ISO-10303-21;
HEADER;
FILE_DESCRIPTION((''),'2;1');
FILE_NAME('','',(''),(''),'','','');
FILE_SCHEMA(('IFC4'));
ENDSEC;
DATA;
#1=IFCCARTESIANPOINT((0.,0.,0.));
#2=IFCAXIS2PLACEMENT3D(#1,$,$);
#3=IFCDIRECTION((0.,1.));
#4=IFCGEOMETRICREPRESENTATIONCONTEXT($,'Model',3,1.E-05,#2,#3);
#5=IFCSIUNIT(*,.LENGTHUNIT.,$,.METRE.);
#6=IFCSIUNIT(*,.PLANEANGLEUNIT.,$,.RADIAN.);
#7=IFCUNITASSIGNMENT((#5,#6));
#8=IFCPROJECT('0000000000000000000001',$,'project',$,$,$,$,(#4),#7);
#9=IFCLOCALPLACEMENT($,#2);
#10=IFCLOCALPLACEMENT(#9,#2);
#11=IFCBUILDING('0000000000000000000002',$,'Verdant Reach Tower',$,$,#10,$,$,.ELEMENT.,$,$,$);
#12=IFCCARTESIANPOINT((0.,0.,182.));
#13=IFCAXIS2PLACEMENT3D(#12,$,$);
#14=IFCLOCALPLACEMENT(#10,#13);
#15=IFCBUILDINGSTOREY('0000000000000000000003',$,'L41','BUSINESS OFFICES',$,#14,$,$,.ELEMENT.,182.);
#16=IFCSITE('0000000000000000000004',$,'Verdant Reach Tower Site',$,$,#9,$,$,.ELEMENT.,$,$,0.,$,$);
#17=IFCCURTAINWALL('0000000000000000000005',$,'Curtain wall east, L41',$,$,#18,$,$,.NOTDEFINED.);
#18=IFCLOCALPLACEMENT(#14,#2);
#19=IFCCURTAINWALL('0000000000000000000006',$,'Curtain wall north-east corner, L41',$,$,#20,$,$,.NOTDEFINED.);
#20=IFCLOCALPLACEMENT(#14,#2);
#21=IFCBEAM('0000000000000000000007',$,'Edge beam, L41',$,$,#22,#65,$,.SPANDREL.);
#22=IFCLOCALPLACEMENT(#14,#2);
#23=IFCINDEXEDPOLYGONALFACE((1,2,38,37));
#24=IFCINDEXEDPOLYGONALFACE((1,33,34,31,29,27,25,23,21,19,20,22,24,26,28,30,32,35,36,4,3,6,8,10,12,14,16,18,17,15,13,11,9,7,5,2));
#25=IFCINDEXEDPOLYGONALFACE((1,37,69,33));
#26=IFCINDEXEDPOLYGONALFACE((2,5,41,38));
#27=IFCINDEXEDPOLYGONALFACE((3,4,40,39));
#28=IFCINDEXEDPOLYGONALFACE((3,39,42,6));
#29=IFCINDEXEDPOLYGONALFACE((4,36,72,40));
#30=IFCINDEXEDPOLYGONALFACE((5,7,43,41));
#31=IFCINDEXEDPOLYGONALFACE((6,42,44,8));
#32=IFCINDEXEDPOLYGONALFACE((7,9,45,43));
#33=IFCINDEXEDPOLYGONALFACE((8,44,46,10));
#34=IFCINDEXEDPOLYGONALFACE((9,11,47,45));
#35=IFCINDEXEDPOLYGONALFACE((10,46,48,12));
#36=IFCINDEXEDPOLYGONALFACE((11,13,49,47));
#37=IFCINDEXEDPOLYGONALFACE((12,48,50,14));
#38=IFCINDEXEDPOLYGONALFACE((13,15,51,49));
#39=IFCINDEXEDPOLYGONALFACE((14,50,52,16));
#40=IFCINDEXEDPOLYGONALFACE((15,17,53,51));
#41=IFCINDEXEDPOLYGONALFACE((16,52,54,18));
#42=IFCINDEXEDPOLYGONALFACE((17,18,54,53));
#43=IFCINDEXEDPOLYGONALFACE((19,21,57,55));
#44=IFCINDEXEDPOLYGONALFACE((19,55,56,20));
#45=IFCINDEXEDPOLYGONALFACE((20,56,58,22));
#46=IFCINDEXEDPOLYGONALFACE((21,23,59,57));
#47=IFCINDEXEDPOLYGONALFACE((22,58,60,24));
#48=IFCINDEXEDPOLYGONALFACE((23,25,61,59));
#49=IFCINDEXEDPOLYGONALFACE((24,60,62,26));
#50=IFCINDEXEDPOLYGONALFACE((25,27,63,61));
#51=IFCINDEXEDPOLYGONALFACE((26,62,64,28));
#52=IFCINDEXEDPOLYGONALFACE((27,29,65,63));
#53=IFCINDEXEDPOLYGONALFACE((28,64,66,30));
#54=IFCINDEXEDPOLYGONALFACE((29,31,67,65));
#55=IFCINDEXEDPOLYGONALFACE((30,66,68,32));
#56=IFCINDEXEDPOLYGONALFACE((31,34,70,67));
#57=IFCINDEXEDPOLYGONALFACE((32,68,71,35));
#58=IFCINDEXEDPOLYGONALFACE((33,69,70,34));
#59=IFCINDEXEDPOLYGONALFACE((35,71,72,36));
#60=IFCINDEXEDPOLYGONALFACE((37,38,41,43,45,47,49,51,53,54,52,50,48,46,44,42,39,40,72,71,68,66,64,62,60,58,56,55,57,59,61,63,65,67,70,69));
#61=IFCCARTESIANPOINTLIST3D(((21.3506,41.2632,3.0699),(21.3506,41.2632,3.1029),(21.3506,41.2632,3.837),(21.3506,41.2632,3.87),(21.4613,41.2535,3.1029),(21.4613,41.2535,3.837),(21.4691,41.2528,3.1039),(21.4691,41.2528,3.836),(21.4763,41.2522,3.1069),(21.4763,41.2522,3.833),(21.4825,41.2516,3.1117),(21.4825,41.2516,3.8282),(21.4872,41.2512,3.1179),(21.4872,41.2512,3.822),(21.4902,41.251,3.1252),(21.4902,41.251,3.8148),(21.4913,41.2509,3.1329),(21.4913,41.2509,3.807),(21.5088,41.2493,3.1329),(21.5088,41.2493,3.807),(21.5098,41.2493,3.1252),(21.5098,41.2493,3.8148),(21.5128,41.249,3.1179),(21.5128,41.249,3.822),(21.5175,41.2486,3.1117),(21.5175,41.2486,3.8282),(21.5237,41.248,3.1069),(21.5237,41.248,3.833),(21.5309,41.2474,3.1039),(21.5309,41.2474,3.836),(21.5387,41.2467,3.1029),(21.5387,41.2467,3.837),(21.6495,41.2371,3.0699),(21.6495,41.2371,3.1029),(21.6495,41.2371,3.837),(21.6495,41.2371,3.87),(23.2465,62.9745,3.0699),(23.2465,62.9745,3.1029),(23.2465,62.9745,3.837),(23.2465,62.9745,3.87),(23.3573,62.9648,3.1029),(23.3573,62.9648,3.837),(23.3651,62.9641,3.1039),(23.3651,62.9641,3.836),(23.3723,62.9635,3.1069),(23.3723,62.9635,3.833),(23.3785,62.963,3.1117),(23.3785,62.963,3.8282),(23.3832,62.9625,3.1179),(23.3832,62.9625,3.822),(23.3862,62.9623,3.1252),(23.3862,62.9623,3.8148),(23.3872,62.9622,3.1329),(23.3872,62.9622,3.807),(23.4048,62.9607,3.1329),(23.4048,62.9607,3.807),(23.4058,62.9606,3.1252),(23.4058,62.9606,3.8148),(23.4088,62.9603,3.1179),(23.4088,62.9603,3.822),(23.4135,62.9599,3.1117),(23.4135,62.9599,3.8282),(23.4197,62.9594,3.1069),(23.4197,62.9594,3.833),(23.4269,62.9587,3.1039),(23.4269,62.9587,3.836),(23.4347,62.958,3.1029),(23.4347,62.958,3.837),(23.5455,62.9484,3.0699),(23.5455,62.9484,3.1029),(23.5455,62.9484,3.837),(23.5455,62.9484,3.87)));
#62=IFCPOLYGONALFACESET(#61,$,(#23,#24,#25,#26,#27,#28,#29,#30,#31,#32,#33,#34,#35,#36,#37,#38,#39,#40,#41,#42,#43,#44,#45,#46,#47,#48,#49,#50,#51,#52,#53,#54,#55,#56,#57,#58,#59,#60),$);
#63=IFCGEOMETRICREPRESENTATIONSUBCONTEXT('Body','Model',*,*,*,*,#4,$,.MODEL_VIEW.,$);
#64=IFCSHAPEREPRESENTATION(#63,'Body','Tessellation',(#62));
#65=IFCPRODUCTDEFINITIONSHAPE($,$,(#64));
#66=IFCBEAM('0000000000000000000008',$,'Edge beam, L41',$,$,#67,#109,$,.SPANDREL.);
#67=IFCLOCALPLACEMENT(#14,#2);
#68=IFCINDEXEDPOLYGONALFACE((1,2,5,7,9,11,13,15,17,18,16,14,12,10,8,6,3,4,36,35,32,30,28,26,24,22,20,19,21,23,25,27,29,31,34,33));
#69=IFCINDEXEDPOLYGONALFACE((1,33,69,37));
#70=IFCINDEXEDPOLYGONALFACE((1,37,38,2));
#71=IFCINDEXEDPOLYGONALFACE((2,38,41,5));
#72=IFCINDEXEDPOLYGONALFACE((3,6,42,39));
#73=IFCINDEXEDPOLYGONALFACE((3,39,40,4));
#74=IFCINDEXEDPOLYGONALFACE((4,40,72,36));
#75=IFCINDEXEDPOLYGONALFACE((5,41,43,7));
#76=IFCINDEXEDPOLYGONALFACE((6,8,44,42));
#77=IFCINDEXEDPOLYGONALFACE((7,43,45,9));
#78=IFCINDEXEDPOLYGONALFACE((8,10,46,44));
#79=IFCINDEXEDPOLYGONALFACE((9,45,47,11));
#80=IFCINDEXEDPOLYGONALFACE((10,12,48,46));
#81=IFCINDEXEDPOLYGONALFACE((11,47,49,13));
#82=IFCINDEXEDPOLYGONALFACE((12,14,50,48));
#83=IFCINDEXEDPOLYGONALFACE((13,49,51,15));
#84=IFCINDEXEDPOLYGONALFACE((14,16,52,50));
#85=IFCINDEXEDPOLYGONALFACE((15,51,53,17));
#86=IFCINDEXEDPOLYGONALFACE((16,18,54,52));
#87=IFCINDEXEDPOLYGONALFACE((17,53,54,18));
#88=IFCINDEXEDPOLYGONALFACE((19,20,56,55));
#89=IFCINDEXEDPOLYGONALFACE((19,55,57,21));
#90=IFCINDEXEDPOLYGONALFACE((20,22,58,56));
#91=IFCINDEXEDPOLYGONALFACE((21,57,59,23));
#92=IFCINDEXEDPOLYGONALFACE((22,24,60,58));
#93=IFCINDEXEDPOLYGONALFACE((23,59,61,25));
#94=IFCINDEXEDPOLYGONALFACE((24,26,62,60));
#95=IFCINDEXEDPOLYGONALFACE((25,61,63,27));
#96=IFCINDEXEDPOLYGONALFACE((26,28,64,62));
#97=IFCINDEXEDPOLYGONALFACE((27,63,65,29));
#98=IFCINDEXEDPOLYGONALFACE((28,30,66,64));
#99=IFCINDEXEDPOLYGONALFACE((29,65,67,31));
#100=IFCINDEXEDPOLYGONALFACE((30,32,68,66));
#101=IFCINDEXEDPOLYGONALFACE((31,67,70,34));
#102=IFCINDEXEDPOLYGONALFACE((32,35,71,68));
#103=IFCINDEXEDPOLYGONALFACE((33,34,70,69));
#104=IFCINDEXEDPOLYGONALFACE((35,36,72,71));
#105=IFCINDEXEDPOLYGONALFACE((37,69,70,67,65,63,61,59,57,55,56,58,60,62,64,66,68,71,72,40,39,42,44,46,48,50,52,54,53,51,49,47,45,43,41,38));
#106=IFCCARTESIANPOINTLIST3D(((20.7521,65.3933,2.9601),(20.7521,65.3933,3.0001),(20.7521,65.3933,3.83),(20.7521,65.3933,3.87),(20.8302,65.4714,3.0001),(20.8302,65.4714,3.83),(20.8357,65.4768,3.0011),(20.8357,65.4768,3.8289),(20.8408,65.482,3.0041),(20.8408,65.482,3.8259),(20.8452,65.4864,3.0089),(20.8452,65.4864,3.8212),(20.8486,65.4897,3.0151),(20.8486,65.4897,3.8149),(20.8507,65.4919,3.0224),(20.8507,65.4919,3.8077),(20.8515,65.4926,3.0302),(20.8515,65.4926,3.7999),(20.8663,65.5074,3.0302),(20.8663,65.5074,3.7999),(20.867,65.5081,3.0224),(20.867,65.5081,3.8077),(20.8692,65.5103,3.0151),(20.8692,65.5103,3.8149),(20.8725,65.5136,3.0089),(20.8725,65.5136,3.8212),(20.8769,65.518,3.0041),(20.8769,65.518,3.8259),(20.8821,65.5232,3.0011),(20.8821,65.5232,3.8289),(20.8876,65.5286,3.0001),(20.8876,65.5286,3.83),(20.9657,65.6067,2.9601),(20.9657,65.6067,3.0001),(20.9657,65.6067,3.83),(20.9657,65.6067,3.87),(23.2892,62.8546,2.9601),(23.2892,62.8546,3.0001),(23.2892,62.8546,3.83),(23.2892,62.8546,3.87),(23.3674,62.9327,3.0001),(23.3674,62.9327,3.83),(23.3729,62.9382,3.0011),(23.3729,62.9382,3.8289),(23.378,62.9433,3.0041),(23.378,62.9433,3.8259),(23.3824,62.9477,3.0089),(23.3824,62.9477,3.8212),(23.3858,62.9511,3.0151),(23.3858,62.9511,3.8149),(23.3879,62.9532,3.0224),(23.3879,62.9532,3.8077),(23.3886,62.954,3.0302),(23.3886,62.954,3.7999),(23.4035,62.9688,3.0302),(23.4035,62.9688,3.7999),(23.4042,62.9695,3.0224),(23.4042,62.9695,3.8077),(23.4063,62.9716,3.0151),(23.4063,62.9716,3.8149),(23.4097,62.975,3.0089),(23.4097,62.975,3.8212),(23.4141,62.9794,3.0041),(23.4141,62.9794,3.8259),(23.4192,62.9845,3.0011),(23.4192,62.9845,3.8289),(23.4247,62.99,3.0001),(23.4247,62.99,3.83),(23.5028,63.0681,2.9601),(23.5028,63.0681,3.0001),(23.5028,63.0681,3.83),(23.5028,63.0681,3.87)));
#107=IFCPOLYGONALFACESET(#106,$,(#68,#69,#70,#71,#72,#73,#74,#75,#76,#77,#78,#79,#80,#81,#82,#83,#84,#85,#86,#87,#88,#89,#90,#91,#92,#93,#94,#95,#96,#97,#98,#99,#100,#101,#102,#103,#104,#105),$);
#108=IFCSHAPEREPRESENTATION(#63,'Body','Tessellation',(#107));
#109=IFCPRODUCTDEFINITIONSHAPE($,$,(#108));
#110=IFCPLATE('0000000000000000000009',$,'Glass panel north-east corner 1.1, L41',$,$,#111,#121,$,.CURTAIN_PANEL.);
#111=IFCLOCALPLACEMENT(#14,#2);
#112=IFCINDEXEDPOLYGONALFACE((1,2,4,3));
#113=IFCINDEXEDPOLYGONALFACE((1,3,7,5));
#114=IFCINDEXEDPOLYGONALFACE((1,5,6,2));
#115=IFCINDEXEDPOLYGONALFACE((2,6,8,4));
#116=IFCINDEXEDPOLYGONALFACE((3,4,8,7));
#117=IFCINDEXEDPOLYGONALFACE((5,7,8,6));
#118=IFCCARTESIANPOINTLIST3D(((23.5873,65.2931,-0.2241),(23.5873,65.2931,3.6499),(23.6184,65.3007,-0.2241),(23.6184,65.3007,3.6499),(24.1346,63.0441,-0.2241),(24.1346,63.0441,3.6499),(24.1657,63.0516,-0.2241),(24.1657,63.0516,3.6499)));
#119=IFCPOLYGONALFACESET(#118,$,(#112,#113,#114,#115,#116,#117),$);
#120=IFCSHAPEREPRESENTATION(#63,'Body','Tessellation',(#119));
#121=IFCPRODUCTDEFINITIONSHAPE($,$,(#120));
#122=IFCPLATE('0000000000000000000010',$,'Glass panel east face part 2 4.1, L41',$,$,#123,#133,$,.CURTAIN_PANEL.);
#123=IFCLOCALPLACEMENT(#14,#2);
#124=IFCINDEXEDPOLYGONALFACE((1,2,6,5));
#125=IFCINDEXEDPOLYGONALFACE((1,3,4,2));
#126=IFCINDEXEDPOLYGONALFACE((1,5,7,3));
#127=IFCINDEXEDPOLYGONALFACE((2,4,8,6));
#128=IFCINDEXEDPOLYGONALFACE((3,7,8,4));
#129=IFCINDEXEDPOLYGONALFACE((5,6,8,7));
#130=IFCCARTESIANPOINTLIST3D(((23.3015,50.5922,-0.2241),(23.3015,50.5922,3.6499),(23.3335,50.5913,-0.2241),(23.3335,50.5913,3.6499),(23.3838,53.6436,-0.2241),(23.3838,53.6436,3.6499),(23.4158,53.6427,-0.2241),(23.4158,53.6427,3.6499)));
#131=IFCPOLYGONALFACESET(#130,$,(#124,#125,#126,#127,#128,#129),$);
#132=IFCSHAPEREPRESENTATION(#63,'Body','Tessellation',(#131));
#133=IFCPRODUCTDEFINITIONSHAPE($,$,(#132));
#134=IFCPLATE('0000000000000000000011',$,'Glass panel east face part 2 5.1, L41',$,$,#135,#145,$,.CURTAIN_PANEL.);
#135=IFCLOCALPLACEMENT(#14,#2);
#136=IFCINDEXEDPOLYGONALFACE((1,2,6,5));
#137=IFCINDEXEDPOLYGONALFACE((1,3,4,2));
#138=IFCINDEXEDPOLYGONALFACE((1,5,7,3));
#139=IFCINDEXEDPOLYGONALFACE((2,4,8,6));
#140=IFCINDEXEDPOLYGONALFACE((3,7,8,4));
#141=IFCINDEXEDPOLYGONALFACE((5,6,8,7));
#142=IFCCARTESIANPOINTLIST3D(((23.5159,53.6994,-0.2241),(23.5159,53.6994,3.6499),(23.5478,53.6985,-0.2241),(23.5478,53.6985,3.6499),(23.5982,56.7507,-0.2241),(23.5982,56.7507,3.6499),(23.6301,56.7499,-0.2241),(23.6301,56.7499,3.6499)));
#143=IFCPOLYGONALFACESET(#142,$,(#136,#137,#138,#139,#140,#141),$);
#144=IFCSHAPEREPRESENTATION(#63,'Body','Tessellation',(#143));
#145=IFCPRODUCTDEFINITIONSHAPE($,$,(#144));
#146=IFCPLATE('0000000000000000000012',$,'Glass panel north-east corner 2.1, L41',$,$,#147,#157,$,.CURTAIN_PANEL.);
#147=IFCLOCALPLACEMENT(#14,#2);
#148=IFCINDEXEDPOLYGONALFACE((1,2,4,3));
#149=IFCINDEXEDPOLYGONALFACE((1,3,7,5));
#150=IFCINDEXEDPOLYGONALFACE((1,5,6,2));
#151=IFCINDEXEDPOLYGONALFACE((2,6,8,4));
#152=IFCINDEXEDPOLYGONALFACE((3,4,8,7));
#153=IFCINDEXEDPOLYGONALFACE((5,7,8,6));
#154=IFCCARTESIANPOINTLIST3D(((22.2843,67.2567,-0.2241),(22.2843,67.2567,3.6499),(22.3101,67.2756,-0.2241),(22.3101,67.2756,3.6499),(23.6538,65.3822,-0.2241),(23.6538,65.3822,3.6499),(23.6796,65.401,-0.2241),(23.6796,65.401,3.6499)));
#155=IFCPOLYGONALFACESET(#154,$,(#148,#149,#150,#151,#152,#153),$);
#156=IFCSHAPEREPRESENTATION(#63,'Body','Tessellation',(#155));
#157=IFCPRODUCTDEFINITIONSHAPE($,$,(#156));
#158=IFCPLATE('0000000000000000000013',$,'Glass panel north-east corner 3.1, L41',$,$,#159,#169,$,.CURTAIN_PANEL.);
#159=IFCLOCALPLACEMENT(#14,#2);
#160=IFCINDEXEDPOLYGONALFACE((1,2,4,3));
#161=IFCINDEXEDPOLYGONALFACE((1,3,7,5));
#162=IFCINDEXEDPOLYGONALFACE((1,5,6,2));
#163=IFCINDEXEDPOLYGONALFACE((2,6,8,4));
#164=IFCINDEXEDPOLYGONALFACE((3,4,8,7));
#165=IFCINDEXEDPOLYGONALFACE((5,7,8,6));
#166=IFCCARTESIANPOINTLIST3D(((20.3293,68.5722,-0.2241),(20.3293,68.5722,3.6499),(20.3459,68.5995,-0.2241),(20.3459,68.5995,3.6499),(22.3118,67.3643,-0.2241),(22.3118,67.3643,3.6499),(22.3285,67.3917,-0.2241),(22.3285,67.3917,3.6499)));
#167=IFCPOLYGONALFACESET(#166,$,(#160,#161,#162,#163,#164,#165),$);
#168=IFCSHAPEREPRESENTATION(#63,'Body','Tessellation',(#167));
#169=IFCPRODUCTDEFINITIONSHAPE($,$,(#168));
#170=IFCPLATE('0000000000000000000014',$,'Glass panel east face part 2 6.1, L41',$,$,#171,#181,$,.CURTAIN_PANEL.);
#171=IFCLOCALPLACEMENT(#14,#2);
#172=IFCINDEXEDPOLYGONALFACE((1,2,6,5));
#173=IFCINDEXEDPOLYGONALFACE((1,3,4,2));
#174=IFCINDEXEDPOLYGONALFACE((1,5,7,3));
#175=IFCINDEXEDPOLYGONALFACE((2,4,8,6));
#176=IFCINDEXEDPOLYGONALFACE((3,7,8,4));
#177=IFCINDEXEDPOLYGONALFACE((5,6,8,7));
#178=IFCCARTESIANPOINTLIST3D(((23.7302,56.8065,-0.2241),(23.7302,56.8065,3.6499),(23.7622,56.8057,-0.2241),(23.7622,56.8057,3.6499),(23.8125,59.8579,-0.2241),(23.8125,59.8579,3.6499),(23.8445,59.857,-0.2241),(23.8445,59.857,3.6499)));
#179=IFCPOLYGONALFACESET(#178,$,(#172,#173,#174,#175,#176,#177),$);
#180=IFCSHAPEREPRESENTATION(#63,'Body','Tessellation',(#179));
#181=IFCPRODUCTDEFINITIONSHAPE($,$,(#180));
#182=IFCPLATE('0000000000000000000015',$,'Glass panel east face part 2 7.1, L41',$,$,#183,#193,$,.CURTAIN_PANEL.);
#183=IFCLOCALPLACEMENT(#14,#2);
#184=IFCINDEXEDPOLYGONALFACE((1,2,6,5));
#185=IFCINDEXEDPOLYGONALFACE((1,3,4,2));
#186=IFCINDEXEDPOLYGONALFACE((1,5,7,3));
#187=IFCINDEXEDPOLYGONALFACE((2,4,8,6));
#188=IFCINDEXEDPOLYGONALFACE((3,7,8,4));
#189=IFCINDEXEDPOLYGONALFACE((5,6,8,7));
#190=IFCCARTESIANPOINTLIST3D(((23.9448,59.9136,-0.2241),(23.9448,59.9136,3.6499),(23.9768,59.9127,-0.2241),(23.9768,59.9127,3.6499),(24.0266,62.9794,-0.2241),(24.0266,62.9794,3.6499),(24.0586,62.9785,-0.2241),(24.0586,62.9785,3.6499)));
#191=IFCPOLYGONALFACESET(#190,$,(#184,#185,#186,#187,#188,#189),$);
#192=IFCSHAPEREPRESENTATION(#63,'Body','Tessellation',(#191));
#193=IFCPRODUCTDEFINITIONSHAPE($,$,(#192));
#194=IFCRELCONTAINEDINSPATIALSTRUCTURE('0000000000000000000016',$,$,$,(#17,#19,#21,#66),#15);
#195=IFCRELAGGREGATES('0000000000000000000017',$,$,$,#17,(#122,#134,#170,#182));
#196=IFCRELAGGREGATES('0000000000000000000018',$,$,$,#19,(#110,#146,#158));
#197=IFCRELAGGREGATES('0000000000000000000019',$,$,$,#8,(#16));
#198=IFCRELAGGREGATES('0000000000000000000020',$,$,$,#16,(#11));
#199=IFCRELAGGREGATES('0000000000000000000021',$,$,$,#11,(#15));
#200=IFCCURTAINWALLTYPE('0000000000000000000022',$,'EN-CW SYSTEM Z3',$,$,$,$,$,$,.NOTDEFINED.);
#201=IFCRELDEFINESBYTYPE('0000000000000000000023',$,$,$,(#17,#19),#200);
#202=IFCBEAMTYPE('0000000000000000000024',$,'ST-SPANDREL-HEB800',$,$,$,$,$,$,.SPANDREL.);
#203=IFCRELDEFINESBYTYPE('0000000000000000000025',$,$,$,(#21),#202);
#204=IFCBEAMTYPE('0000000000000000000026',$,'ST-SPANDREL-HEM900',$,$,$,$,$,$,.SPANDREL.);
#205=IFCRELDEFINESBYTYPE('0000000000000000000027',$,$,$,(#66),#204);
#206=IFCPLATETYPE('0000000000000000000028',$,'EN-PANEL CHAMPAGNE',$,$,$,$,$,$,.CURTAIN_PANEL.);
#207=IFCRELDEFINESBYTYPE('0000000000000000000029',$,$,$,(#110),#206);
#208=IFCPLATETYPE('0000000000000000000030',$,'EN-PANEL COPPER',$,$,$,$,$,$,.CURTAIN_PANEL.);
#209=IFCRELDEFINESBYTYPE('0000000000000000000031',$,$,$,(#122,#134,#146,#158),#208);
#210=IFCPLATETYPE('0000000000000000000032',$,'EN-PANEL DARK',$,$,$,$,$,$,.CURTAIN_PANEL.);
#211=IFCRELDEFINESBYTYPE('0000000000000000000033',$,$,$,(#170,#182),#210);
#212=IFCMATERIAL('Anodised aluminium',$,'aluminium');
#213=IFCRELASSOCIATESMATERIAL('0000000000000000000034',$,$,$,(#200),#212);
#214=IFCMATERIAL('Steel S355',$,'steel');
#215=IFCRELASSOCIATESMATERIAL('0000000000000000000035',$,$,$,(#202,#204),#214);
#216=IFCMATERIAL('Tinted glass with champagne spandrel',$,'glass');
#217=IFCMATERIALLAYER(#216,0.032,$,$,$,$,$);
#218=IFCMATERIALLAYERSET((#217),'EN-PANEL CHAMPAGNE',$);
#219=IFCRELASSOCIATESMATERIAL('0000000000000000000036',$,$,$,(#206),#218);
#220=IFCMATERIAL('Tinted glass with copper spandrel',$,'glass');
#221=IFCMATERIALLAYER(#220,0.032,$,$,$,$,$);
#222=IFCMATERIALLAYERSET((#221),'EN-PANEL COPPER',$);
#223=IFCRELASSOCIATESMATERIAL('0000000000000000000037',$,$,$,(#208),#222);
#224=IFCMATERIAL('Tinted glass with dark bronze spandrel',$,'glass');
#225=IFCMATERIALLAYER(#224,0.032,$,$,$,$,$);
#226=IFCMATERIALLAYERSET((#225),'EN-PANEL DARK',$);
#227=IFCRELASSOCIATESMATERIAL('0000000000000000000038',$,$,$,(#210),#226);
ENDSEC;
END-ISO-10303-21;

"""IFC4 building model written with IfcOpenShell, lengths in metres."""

from ifc_helpers import new_model, si_unit, direction, frame, origin, origin_2d, place, context, subcontext, project, spatial, rectangle, i_section, extrude, material, layer, layer_set, material_profile, profile_set, type_object, element, aggregate, save


model = new_model("IFC4")

# Units and contexts
model_context = context("Model", 3, precision=1e-05, world=origin(), true_north=direction((0.0, 1.0)))
body_context = subcontext(model_context, "Body", "Model", "MODEL_VIEW")
ifc_project = project(units=[si_unit("LENGTHUNIT", "METRE"), si_unit("PLANEANGLEUNIT", "RADIAN")], contexts=[model_context])

# Site, building, storey
site_placement = place(None, origin())
site = spatial("IfcSite", under=ifc_project, at=site_placement, Name="Verdant Reach Tower Site", CompositionType="ELEMENT", RefElevation=0.0)
building_placement = place(site_placement, origin())
building = spatial("IfcBuilding", under=site, at=building_placement, Name="Verdant Reach Tower", CompositionType="ELEMENT")
storey_placement = place(building_placement, frame((0.0, 0.0, 182.0)))
storey = spatial("IfcBuildingStorey", under=building, at=storey_placement, Name="L41", Description="BUSINESS OFFICES", CompositionType="ELEMENT", Elevation=182.0)

# Curtain walls
ifc_material_1 = material(Name="Anodised aluminium", Category="aluminium")
curtain_wall_type = type_object("IfcCurtainWallType", Name="EN-CW SYSTEM Z3", PredefinedType="NOTDEFINED", material=ifc_material_1)
curtain_wall_1_placement = place(storey_placement, origin())
curtain_wall_1 = element("IfcCurtainWall", 1, at=curtain_wall_1_placement, inside=storey, type_object=curtain_wall_type, Name="Curtain wall east, L41", PredefinedType="NOTDEFINED")
curtain_wall_2_placement = place(storey_placement, origin())
curtain_wall_2 = element("IfcCurtainWall", 2, at=curtain_wall_2_placement, inside=storey, type_object=curtain_wall_type, Name="Curtain wall north-east corner, L41", PredefinedType="NOTDEFINED")

# Beams
ifc_material_2 = material(Name="Steel S355", Category="steel")
ifc_material_profile_1 = material_profile(ifc_material_2, i_section(OverallWidth=0.3, OverallDepth=0.8, WebThickness=0.0176, FlangeThickness=0.033, FilletRadius=0.03, at=origin_2d()), Name="HEB 800")
ifc_profile_set_1 = profile_set([ifc_material_profile_1], Name="Steel S355")
beam_type_1 = type_object("IfcBeamType", Name="ST-SPANDREL-HEB800", PredefinedType="SPANDREL", material=ifc_profile_set_1)
beam_1_placement = place(storey_placement, frame((23.396, 62.9614, 3.47), z_axis=(-0.086996, -0.996209, 0.0), x_axis=(0.996209, -0.086996, 0.0)))
element("IfcBeam", 3, at=beam_1_placement, inside=storey, type_object=beam_type_1, Name="Edge beam, L41", PredefinedType="SPANDREL", context=body_context, shape_type="SweptSolid", body=[
    extrude(i_section(OverallWidth=0.3, OverallDepth=0.8, WebThickness=0.0176, FlangeThickness=0.033, FilletRadius=0.03, at=origin_2d()), origin(), (0.0, 0.0, 1.0), 21.7939),
])
ifc_material_profile_2 = material_profile(ifc_material_2, i_section(OverallWidth=0.302, OverallDepth=0.9099, WebThickness=0.021, FlangeThickness=0.04, FilletRadius=0.03, at=origin_2d()), Name="HEM 900")
ifc_profile_set_2 = profile_set([ifc_material_profile_2], Name="Steel S355")
beam_type_2 = type_object("IfcBeamType", Name="ST-SPANDREL-HEM900", PredefinedType="SPANDREL", material=ifc_profile_set_2)
beam_2_placement = place(storey_placement, frame((20.8589, 65.5, 3.415), z_axis=(0.706903, -0.707311, 0.0), x_axis=(0.707311, 0.706903, 0.0)))
element("IfcBeam", 4, at=beam_2_placement, inside=storey, type_object=beam_type_2, Name="Edge beam, L41", PredefinedType="SPANDREL", context=body_context, shape_type="SweptSolid", body=[
    extrude(i_section(OverallWidth=0.302, OverallDepth=0.9099, WebThickness=0.021, FlangeThickness=0.04, FilletRadius=0.03, at=origin_2d()), origin(), (0.0, 0.0, 1.0), 3.5891),
])

# Plates
ifc_material_3 = material(Name="Tinted glass with champagne spandrel", Category="glass")
ifc_layer_1 = layer(ifc_material_3, 0.032)
ifc_layer_set_1 = layer_set([ifc_layer_1], Name="EN-PANEL CHAMPAGNE")
plate_type_1 = type_object("IfcPlateType", Name="EN-PANEL CHAMPAGNE", PredefinedType="CURTAIN_PANEL", material=ifc_layer_set_1)
plate_1_placement = place(storey_placement, frame((23.8765, 64.1724, -0.2241), z_axis=(0.0, 0.0, 1.0), x_axis=(-0.236446, 0.971645, 0.0)))
plate_1 = element("IfcPlate", 5, at=plate_1_placement, type_object=plate_type_1, Name="Glass panel north-east corner 1.1, L41", PredefinedType="CURTAIN_PANEL", context=body_context, shape_type="SweptSolid", body=[
    extrude(rectangle(XDim=2.3147, YDim=0.032, at=origin_2d()), origin(), (0.0, 0.0, 1.0), 3.874),
])
ifc_material_4 = material(Name="Tinted glass with copper spandrel", Category="glass")
ifc_layer_2 = layer(ifc_material_4, 0.032)
ifc_layer_set_2 = layer_set([ifc_layer_2], Name="EN-PANEL COPPER")
plate_type_2 = type_object("IfcPlateType", Name="EN-PANEL COPPER", PredefinedType="CURTAIN_PANEL", material=ifc_layer_set_2)
plate_2_placement = place(storey_placement, frame((23.3586, 52.1174, -0.2241), z_axis=(0.0, 0.0, 1.0), x_axis=(0.026965, 0.999636, 0.0)))
plate_2 = element("IfcPlate", 6, at=plate_2_placement, type_object=plate_type_2, Name="Glass panel east face part 2 4.1, L41", PredefinedType="CURTAIN_PANEL", context=body_context, shape_type="SweptSolid", body=[
    extrude(rectangle(XDim=3.0525, YDim=0.032, at=origin_2d()), origin(), (0.0, 0.0, 1.0), 3.874),
])
plate_3_placement = place(storey_placement, frame((23.573, 55.2246, -0.2241), z_axis=(0.0, 0.0, 1.0), x_axis=(0.026965, 0.999636, 0.0)))
plate_3 = element("IfcPlate", 7, at=plate_3_placement, type_object=plate_type_2, Name="Glass panel east face part 2 5.1, L41", PredefinedType="CURTAIN_PANEL", context=body_context, shape_type="SweptSolid", body=[
    extrude(rectangle(XDim=3.0525, YDim=0.032, at=origin_2d()), origin(), (0.0, 0.0, 1.0), 3.874),
])
plate_4_placement = place(storey_placement, frame((22.9819, 66.3289, -0.2241), z_axis=(0.0, 0.0, 1.0), x_axis=(-0.589927, 0.807457, 0.0)))
plate_4 = element("IfcPlate", 8, at=plate_4_placement, type_object=plate_type_2, Name="Glass panel north-east corner 2.1, L41", PredefinedType="CURTAIN_PANEL", context=body_context, shape_type="SweptSolid", body=[
    extrude(rectangle(XDim=2.3215, YDim=0.032, at=origin_2d()), origin(), (0.0, 0.0, 1.0), 3.874),
])
plate_5_placement = place(storey_placement, frame((21.3289, 67.9819, -0.2241), z_axis=(0.0, 0.0, 1.0), x_axis=(-0.853989, 0.520292, 0.0)))
plate_5 = element("IfcPlate", 9, at=plate_5_placement, type_object=plate_type_2, Name="Glass panel north-east corner 3.1, L41", PredefinedType="CURTAIN_PANEL", context=body_context, shape_type="SweptSolid", body=[
    extrude(rectangle(XDim=2.3215, YDim=0.032, at=origin_2d()), origin(), (0.0, 0.0, 1.0), 3.874),
])
ifc_material_5 = material(Name="Tinted glass with dark bronze spandrel", Category="glass")
ifc_layer_3 = layer(ifc_material_5, 0.032)
ifc_layer_set_3 = layer_set([ifc_layer_3], Name="EN-PANEL DARK")
plate_type_3 = type_object("IfcPlateType", Name="EN-PANEL DARK", PredefinedType="CURTAIN_PANEL", material=ifc_layer_set_3)
plate_6_placement = place(storey_placement, frame((23.7874, 58.3318, -0.2241), z_axis=(0.0, 0.0, 1.0), x_axis=(0.026965, 0.999636, 0.0)))
plate_6 = element("IfcPlate", 10, at=plate_6_placement, type_object=plate_type_3, Name="Glass panel east face part 2 6.1, L41", PredefinedType="CURTAIN_PANEL", context=body_context, shape_type="SweptSolid", body=[
    extrude(rectangle(XDim=3.0525, YDim=0.032, at=origin_2d()), origin(), (0.0, 0.0, 1.0), 3.874),
])
plate_7_placement = place(storey_placement, frame((24.0017, 61.446, -0.2241), z_axis=(0.0, 0.0, 1.0), x_axis=(0.02666, 0.999645, 0.0)))
plate_7 = element("IfcPlate", 11, at=plate_7_placement, type_object=plate_type_3, Name="Glass panel east face part 2 7.1, L41", PredefinedType="CURTAIN_PANEL", context=body_context, shape_type="SweptSolid", body=[
    extrude(rectangle(XDim=3.0669, YDim=0.032, at=origin_2d()), origin(), (0.0, 0.0, 1.0), 3.874),
])
aggregate(curtain_wall_1, [plate_2, plate_3, plate_6, plate_7])
aggregate(curtain_wall_2, [plate_1, plate_4, plate_5])

save(model, "model.ifc")
